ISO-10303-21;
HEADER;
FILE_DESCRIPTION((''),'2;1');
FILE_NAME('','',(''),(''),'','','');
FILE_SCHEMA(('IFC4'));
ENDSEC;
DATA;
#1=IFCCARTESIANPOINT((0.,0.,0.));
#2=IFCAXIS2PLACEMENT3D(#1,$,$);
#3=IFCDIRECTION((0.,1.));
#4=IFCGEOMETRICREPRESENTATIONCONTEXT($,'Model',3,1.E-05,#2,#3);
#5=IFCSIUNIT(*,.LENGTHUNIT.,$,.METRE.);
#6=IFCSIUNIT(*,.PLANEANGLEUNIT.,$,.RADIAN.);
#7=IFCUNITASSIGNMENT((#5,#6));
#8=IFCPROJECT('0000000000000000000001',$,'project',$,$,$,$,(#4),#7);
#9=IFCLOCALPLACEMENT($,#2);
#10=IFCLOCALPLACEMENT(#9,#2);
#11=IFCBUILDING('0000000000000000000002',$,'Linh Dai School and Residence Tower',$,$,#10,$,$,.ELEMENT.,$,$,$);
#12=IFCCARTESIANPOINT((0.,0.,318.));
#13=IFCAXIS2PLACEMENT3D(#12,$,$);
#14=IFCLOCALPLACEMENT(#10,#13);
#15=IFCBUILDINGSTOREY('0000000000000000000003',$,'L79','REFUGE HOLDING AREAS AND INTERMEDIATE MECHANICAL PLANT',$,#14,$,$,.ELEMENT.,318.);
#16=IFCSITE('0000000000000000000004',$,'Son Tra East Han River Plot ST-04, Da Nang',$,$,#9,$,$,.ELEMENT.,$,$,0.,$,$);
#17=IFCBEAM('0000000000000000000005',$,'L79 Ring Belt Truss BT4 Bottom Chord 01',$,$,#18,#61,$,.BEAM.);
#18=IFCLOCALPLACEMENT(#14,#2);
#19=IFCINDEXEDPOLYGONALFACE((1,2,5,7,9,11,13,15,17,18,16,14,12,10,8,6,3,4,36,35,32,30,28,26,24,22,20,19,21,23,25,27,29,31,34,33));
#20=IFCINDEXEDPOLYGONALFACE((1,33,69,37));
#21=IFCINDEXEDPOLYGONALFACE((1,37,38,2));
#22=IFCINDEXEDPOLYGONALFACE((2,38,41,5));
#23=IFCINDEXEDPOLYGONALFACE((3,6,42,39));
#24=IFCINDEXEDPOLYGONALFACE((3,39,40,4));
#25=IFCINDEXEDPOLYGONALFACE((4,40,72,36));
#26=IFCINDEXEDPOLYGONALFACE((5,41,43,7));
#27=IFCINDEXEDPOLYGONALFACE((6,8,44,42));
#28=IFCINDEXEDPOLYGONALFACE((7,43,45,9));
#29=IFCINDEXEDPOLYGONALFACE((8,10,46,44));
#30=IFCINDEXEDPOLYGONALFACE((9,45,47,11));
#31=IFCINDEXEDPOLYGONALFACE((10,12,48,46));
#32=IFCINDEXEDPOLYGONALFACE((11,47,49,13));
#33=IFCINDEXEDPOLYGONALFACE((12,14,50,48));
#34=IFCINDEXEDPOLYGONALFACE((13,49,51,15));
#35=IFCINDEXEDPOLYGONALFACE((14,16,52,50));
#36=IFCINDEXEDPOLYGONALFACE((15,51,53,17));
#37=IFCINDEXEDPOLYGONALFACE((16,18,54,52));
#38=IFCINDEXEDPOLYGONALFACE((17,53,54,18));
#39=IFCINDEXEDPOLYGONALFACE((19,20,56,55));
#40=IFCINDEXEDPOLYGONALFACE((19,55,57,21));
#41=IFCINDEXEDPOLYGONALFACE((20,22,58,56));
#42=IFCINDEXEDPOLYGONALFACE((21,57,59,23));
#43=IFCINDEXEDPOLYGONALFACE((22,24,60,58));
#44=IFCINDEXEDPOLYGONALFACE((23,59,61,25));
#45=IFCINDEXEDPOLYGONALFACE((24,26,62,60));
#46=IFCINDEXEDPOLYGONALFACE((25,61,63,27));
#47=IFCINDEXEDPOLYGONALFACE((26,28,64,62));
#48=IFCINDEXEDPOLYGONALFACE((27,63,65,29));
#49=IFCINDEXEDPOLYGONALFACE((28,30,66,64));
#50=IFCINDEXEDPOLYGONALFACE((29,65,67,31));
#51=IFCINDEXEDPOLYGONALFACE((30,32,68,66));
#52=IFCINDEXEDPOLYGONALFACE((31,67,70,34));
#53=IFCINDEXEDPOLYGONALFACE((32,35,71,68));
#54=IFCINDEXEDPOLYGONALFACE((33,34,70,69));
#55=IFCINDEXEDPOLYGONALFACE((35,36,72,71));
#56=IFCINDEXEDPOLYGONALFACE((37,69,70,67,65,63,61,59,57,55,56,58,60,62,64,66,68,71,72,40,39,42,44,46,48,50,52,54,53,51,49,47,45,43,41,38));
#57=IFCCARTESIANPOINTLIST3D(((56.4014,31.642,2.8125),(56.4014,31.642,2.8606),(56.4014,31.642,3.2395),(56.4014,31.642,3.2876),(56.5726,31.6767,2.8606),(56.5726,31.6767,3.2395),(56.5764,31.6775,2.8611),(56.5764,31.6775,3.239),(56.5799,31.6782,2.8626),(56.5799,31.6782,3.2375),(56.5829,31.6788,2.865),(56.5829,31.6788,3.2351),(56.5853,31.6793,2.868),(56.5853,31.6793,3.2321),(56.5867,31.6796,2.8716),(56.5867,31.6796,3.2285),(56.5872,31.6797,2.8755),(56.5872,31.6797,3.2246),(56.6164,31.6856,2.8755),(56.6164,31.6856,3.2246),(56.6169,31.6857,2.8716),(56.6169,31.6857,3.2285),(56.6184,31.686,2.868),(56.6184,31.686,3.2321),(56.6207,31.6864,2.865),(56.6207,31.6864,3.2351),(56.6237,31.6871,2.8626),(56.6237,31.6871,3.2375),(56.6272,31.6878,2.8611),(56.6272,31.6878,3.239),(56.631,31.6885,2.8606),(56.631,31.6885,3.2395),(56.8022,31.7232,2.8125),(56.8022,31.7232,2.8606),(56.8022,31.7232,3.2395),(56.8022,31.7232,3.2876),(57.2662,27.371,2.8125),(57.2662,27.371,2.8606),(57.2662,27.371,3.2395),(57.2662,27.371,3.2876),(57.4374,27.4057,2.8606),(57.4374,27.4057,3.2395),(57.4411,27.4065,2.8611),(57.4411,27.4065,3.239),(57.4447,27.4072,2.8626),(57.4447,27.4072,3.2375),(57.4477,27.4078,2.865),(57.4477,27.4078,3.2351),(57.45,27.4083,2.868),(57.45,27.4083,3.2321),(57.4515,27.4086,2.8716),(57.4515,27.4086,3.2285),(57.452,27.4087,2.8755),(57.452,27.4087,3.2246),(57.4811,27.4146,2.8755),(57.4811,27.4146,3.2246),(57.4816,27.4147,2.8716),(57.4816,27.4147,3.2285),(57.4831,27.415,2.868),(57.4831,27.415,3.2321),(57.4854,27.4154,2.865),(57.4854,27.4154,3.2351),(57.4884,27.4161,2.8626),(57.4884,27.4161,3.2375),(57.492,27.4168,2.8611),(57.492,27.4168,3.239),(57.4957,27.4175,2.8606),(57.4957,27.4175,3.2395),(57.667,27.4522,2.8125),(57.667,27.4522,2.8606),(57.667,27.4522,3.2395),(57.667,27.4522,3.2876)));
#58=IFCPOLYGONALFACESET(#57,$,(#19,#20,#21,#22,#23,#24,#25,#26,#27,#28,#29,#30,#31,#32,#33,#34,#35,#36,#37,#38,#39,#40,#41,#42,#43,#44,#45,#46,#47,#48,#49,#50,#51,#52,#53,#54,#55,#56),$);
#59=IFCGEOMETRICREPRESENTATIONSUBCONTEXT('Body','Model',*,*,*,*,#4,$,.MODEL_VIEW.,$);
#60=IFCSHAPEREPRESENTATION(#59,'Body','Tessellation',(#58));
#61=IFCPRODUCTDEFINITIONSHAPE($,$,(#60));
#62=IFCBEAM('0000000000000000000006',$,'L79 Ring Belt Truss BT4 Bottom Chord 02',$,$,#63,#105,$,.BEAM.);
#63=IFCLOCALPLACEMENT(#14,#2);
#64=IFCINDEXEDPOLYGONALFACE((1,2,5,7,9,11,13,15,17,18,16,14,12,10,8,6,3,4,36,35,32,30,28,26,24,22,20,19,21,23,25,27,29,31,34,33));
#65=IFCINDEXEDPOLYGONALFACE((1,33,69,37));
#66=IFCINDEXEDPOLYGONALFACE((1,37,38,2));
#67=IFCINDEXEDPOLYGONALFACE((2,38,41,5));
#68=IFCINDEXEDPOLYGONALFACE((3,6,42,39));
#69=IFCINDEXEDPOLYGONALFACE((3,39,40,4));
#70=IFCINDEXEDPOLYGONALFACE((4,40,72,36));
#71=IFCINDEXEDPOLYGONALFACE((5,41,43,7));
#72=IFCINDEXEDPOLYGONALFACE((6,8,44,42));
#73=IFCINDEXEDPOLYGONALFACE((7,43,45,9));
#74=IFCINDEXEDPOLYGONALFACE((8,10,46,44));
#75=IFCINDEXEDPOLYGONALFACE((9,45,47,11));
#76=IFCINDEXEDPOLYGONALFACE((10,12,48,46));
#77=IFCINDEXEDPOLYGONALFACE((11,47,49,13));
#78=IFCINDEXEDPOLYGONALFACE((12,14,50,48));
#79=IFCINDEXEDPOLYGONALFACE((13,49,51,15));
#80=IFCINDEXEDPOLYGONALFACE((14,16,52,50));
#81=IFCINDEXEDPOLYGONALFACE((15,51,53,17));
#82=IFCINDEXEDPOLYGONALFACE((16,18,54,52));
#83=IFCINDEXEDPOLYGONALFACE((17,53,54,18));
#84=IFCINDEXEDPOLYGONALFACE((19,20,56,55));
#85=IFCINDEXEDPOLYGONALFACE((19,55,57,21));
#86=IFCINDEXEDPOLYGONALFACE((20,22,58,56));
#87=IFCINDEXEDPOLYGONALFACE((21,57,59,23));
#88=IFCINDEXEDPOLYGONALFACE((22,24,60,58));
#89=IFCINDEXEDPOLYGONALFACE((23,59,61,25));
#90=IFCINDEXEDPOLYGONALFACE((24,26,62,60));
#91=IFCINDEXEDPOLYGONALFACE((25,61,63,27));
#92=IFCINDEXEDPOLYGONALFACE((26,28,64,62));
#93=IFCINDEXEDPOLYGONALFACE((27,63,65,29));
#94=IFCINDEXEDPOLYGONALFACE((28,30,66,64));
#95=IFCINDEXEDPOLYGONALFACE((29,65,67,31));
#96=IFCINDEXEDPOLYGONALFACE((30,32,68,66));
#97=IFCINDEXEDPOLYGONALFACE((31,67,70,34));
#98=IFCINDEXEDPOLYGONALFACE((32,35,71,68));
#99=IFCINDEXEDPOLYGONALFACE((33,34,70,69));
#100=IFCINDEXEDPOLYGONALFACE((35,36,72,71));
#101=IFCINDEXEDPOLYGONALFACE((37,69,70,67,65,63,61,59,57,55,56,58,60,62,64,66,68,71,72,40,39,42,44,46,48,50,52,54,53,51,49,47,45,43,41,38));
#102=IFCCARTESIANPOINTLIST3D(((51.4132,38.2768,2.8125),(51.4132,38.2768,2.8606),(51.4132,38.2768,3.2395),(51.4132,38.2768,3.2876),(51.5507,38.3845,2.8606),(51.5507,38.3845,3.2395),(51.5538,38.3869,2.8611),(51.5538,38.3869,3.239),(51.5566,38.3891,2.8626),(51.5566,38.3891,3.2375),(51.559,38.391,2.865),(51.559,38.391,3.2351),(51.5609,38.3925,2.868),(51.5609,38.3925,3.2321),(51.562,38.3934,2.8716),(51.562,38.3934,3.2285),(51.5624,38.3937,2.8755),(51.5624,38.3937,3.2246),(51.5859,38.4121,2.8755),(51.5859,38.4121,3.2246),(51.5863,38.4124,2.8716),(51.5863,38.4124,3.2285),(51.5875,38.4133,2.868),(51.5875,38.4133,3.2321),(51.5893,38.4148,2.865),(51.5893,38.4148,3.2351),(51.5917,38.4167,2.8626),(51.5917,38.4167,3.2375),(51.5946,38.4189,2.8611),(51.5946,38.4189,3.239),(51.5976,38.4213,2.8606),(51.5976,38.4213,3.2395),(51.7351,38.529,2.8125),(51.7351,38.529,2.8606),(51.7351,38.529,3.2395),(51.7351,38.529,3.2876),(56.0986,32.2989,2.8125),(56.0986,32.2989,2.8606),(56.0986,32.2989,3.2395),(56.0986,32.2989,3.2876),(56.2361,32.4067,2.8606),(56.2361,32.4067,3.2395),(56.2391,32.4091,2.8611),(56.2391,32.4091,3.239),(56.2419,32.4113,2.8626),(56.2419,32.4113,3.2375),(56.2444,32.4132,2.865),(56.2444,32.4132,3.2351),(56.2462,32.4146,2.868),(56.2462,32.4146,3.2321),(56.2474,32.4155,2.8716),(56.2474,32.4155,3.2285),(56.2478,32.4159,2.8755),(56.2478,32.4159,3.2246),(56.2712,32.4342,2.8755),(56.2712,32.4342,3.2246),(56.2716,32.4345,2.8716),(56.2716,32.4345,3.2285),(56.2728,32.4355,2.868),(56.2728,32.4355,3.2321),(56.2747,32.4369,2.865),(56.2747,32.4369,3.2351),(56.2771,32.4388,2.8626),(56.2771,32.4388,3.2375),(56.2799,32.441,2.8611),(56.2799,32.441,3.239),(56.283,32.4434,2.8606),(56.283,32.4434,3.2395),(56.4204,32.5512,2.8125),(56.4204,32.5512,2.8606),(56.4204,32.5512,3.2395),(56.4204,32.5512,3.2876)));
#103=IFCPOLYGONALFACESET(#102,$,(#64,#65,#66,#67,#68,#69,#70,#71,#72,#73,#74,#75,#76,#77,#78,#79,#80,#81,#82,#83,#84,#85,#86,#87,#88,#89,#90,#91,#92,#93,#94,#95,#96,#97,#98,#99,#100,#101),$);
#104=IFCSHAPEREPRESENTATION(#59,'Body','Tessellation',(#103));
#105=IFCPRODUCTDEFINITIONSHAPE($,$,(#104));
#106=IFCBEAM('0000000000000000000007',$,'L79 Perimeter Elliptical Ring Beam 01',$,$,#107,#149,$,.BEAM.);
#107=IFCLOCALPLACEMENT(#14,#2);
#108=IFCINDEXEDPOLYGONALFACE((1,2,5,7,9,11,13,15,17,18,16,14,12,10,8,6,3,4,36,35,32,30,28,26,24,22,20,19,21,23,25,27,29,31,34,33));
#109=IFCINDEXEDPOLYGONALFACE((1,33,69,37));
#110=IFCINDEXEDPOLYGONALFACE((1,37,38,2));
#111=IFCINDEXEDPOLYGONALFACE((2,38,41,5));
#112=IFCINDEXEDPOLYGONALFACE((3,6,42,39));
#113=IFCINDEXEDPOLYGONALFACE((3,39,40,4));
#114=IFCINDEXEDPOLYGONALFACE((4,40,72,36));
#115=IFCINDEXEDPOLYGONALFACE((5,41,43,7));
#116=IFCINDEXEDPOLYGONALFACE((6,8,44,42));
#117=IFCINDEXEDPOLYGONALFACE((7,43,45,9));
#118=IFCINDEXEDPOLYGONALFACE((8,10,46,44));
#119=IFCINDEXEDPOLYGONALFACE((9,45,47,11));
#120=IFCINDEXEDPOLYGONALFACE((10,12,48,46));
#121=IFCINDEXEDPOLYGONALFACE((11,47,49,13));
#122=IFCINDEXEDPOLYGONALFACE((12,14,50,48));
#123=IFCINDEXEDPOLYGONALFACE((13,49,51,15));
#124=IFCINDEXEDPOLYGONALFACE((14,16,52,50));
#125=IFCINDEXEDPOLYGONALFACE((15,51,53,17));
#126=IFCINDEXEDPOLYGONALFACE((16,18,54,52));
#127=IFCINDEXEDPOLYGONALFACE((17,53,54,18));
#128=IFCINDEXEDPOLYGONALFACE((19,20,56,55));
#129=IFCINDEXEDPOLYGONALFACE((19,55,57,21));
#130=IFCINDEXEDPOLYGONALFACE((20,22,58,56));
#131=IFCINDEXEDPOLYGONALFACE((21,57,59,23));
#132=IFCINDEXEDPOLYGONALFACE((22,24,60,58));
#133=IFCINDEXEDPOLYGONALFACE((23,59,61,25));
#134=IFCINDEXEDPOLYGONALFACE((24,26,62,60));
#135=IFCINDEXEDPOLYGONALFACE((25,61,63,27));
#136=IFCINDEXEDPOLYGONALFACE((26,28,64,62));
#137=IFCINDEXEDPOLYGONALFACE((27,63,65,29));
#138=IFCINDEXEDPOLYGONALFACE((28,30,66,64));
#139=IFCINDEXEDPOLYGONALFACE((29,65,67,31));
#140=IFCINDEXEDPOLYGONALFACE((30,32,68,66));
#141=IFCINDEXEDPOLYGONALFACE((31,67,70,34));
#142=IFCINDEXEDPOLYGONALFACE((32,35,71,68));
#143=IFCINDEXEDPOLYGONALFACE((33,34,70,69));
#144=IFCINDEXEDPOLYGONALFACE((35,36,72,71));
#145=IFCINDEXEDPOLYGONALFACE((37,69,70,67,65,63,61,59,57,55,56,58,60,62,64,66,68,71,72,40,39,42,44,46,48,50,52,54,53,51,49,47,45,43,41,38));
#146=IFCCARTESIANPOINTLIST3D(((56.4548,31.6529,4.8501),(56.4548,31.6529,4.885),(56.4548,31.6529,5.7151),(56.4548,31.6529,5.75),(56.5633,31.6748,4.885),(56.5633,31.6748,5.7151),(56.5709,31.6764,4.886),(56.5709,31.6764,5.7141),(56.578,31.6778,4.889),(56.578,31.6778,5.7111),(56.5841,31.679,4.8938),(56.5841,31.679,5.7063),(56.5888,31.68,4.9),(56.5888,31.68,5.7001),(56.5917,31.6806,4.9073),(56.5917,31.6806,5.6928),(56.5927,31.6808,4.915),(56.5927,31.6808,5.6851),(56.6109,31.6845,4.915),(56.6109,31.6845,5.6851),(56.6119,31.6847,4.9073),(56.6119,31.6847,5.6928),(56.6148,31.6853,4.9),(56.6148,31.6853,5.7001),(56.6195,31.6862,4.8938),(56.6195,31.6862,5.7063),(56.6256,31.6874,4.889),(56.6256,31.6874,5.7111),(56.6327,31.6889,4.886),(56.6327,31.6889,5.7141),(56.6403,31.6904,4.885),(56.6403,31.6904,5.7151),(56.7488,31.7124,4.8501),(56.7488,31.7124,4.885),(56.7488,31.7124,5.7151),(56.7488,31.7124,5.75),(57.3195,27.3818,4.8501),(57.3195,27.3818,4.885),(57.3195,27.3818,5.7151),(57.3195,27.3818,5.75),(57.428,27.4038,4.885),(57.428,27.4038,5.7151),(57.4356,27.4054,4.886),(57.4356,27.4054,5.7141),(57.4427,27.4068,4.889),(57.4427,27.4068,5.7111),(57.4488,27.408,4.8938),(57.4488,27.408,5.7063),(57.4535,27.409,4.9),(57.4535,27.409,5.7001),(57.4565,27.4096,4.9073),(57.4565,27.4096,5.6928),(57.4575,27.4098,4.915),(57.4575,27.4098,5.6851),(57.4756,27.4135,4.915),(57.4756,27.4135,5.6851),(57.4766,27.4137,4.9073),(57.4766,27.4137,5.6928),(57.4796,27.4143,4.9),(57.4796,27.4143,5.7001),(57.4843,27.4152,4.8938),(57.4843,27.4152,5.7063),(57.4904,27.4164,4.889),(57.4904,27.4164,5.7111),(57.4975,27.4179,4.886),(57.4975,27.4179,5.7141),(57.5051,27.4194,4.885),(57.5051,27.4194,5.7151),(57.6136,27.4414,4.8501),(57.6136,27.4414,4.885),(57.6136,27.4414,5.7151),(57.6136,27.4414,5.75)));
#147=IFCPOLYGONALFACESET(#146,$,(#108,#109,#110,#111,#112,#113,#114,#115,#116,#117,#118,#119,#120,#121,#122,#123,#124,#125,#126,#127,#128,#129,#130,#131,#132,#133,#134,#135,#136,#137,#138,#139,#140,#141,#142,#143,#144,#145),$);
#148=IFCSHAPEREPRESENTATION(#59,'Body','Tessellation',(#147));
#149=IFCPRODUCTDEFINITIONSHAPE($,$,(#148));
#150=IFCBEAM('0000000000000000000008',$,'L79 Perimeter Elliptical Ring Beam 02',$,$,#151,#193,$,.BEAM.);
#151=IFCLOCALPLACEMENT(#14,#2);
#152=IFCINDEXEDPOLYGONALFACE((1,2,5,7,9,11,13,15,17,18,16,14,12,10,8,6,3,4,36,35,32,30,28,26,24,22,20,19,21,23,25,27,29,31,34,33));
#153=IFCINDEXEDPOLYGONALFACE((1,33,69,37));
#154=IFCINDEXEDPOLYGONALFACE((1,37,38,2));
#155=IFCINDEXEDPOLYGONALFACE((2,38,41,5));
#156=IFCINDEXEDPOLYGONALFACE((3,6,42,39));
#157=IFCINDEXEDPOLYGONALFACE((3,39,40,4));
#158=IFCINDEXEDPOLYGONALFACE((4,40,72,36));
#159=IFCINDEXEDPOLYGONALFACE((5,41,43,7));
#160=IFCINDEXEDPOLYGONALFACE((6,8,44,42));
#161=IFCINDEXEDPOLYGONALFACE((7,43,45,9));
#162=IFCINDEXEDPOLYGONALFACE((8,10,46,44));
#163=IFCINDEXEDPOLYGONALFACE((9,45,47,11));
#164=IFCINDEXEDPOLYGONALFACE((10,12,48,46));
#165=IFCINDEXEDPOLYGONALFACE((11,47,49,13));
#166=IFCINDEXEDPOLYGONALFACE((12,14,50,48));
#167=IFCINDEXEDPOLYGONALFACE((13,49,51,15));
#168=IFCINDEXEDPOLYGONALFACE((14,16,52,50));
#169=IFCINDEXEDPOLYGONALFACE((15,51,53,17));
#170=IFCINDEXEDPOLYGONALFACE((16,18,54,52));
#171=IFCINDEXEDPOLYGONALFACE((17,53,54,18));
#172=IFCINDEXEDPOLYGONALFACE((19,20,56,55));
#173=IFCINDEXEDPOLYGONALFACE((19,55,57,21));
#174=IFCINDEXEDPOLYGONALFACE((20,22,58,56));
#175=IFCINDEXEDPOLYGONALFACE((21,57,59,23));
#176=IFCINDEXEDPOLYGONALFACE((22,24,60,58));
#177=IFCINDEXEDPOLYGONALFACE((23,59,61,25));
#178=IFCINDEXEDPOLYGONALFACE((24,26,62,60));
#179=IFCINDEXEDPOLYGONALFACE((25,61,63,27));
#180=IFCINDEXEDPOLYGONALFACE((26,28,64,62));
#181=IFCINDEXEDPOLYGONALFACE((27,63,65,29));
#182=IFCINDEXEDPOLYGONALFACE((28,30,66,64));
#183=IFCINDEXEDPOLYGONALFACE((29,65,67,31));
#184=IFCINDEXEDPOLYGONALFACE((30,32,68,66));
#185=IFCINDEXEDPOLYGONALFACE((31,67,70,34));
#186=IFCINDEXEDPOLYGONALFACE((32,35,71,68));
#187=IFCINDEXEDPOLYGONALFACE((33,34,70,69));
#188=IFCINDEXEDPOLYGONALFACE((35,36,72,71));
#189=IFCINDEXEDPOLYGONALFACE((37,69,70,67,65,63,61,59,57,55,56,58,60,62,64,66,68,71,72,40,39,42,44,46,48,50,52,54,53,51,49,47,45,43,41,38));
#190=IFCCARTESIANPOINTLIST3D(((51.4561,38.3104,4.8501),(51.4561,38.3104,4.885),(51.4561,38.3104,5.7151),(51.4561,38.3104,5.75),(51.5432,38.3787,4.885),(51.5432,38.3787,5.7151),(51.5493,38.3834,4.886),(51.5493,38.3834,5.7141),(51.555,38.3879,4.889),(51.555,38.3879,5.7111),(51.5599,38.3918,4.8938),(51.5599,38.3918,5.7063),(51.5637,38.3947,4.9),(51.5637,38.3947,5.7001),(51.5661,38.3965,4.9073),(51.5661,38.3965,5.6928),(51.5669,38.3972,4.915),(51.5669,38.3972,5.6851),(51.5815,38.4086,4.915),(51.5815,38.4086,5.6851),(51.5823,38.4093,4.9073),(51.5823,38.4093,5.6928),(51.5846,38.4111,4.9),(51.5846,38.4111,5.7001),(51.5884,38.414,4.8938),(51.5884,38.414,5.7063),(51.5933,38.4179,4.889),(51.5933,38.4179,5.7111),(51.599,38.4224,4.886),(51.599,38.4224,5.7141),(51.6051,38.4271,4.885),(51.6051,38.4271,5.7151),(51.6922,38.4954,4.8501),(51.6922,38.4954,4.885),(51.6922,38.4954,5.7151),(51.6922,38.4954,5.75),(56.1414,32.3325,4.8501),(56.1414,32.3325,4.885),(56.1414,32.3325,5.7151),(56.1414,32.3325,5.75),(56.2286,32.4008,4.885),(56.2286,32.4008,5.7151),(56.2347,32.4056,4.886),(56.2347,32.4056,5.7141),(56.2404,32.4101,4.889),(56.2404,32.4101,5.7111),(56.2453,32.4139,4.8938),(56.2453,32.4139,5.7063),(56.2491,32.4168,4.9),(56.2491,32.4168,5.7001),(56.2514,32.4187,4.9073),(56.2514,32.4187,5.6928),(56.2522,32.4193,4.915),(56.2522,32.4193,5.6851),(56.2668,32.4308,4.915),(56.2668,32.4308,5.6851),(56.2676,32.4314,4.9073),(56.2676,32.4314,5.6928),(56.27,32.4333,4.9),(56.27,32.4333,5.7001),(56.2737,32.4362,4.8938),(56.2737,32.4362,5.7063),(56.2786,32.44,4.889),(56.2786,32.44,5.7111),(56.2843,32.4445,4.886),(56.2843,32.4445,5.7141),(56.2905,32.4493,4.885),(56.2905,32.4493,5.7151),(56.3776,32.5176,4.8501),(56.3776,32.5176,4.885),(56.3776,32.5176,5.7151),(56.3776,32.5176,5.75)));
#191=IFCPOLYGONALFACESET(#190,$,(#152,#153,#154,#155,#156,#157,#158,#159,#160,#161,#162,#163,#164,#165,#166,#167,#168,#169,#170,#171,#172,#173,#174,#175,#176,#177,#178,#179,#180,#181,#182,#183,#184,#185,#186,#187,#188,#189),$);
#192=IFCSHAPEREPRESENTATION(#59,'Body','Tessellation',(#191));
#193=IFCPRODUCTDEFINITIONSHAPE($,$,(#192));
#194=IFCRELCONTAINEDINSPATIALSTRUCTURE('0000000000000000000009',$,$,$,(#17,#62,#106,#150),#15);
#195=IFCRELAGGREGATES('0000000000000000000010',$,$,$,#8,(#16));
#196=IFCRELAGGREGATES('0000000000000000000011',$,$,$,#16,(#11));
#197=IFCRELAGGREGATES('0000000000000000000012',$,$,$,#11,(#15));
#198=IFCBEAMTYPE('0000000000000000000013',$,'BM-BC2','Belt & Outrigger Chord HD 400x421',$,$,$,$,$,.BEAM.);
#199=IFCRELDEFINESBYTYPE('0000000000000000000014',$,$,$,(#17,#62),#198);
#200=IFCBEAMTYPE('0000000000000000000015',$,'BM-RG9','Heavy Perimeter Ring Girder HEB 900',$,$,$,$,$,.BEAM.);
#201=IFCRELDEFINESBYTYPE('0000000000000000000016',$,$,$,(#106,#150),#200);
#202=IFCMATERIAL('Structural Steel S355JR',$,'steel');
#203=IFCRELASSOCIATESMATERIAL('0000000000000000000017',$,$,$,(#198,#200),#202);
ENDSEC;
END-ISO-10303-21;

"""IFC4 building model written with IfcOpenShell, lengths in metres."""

from ifc_helpers import new_model, si_unit, direction, frame, origin, origin_2d, place, context, subcontext, project, spatial, i_section, extrude, material, material_profile, profile_set, type_object, element, save


model = new_model("IFC4")

# Units and contexts
model_context = context("Model", 3, precision=1e-05, world=origin(), true_north=direction((0.0, 1.0)))
body_context = subcontext(model_context, "Body", "Model", "MODEL_VIEW")
ifc_project = project(units=[si_unit("LENGTHUNIT", "METRE"), si_unit("PLANEANGLEUNIT", "RADIAN")], contexts=[model_context])

# Site, building, storey
site_placement = place(None, origin())
site = spatial("IfcSite", under=ifc_project, at=site_placement, Name="Son Tra East Han River Plot ST-04, Da Nang", CompositionType="ELEMENT", RefElevation=0.0)
building_placement = place(site_placement, origin())
building = spatial("IfcBuilding", under=site, at=building_placement, Name="Linh Dai School and Residence Tower", CompositionType="ELEMENT")
storey_placement = place(building_placement, frame((0.0, 0.0, 318.0)))
storey = spatial("IfcBuildingStorey", under=building, at=storey_placement, Name="L79", Description="REFUGE HOLDING AREAS AND INTERMEDIATE MECHANICAL PLANT", CompositionType="ELEMENT", Elevation=318.0)

# Shared definitions
ifc_material_1 = material(Name="Structural Steel S355JR", Category="steel")

# Beams
ifc_material_profile_1 = material_profile(ifc_material_1, i_section(OverallWidth=0.4089, OverallDepth=0.4751, WebThickness=0.0298, FlangeThickness=0.0481, FilletRadius=0.0149, at=origin_2d()), Name="HD 400x421")
ifc_profile_set_1 = profile_set([ifc_material_profile_1], Name="Structural Steel S355JR")
beam_type_1 = type_object("IfcBeamType", Name="BM-BC2", Description="Belt & Outrigger Chord HD 400x421", PredefinedType="BEAM", material=ifc_profile_set_1)
beam_1_placement = place(storey_placement, frame((57.4666, 27.4116, 3.05), z_axis=(-0.198443, 0.980112, 0.0), x_axis=(-0.980112, -0.198443, 0.0)))
element("IfcBeam", 1, at=beam_1_placement, inside=storey, type_object=beam_type_1, Name="L79 Ring Belt Truss BT4 Bottom Chord 01", PredefinedType="BEAM", context=body_context, shape_type="SweptSolid", body=[
    extrude(i_section(OverallWidth=0.4089, OverallDepth=0.4751, WebThickness=0.0298, FlangeThickness=0.0481, FilletRadius=0.0149, at=origin_2d()), origin(), (0.0, 0.0, 1.0), 4.3577),
])
beam_2_placement = place(storey_placement, frame((56.2595, 32.425, 3.05), z_axis=(-0.616883, 0.787055, 0.0), x_axis=(-0.787055, -0.616883, 0.0)))
element("IfcBeam", 2, at=beam_2_placement, inside=storey, type_object=beam_type_1, Name="L79 Ring Belt Truss BT4 Bottom Chord 02", PredefinedType="BEAM", context=body_context, shape_type="SweptSolid", body=[
    extrude(i_section(OverallWidth=0.4089, OverallDepth=0.4751, WebThickness=0.0298, FlangeThickness=0.0481, FilletRadius=0.0149, at=origin_2d()), origin(), (0.0, 0.0, 1.0), 7.5952),
])
ifc_material_profile_2 = material_profile(ifc_material_1, i_section(OverallWidth=0.3, OverallDepth=0.8999, WebThickness=0.0186, FlangeThickness=0.0349, FilletRadius=0.03, at=origin_2d()), Name="HEB 900")
ifc_profile_set_2 = profile_set([ifc_material_profile_2], Name="Structural Steel S355JR")
beam_type_2 = type_object("IfcBeamType", Name="BM-RG9", Description="Heavy Perimeter Ring Girder HEB 900", PredefinedType="BEAM", material=ifc_profile_set_2)
beam_3_placement = place(storey_placement, frame((57.4666, 27.4116, 5.3), z_axis=(-0.198443, 0.980112, 0.0), x_axis=(-0.980112, -0.198443, 0.0)))
element("IfcBeam", 3, at=beam_3_placement, inside=storey, type_object=beam_type_2, Name="L79 Perimeter Elliptical Ring Beam 01", PredefinedType="BEAM", context=body_context, shape_type="SweptSolid", body=[
    extrude(i_section(OverallWidth=0.3, OverallDepth=0.8999, WebThickness=0.0186, FlangeThickness=0.0349, FilletRadius=0.03, at=origin_2d()), origin(), (0.0, 0.0, 1.0), 4.3577),
])
beam_4_placement = place(storey_placement, frame((56.2595, 32.425, 5.3), z_axis=(-0.616883, 0.787055, 0.0), x_axis=(-0.787055, -0.616883, 0.0)))
element("IfcBeam", 4, at=beam_4_placement, inside=storey, type_object=beam_type_2, Name="L79 Perimeter Elliptical Ring Beam 02", PredefinedType="BEAM", context=body_context, shape_type="SweptSolid", body=[
    extrude(i_section(OverallWidth=0.3, OverallDepth=0.8999, WebThickness=0.0186, FlangeThickness=0.0349, FilletRadius=0.03, at=origin_2d()), origin(), (0.0, 0.0, 1.0), 7.5952),
])

save(model, "model.ifc")
